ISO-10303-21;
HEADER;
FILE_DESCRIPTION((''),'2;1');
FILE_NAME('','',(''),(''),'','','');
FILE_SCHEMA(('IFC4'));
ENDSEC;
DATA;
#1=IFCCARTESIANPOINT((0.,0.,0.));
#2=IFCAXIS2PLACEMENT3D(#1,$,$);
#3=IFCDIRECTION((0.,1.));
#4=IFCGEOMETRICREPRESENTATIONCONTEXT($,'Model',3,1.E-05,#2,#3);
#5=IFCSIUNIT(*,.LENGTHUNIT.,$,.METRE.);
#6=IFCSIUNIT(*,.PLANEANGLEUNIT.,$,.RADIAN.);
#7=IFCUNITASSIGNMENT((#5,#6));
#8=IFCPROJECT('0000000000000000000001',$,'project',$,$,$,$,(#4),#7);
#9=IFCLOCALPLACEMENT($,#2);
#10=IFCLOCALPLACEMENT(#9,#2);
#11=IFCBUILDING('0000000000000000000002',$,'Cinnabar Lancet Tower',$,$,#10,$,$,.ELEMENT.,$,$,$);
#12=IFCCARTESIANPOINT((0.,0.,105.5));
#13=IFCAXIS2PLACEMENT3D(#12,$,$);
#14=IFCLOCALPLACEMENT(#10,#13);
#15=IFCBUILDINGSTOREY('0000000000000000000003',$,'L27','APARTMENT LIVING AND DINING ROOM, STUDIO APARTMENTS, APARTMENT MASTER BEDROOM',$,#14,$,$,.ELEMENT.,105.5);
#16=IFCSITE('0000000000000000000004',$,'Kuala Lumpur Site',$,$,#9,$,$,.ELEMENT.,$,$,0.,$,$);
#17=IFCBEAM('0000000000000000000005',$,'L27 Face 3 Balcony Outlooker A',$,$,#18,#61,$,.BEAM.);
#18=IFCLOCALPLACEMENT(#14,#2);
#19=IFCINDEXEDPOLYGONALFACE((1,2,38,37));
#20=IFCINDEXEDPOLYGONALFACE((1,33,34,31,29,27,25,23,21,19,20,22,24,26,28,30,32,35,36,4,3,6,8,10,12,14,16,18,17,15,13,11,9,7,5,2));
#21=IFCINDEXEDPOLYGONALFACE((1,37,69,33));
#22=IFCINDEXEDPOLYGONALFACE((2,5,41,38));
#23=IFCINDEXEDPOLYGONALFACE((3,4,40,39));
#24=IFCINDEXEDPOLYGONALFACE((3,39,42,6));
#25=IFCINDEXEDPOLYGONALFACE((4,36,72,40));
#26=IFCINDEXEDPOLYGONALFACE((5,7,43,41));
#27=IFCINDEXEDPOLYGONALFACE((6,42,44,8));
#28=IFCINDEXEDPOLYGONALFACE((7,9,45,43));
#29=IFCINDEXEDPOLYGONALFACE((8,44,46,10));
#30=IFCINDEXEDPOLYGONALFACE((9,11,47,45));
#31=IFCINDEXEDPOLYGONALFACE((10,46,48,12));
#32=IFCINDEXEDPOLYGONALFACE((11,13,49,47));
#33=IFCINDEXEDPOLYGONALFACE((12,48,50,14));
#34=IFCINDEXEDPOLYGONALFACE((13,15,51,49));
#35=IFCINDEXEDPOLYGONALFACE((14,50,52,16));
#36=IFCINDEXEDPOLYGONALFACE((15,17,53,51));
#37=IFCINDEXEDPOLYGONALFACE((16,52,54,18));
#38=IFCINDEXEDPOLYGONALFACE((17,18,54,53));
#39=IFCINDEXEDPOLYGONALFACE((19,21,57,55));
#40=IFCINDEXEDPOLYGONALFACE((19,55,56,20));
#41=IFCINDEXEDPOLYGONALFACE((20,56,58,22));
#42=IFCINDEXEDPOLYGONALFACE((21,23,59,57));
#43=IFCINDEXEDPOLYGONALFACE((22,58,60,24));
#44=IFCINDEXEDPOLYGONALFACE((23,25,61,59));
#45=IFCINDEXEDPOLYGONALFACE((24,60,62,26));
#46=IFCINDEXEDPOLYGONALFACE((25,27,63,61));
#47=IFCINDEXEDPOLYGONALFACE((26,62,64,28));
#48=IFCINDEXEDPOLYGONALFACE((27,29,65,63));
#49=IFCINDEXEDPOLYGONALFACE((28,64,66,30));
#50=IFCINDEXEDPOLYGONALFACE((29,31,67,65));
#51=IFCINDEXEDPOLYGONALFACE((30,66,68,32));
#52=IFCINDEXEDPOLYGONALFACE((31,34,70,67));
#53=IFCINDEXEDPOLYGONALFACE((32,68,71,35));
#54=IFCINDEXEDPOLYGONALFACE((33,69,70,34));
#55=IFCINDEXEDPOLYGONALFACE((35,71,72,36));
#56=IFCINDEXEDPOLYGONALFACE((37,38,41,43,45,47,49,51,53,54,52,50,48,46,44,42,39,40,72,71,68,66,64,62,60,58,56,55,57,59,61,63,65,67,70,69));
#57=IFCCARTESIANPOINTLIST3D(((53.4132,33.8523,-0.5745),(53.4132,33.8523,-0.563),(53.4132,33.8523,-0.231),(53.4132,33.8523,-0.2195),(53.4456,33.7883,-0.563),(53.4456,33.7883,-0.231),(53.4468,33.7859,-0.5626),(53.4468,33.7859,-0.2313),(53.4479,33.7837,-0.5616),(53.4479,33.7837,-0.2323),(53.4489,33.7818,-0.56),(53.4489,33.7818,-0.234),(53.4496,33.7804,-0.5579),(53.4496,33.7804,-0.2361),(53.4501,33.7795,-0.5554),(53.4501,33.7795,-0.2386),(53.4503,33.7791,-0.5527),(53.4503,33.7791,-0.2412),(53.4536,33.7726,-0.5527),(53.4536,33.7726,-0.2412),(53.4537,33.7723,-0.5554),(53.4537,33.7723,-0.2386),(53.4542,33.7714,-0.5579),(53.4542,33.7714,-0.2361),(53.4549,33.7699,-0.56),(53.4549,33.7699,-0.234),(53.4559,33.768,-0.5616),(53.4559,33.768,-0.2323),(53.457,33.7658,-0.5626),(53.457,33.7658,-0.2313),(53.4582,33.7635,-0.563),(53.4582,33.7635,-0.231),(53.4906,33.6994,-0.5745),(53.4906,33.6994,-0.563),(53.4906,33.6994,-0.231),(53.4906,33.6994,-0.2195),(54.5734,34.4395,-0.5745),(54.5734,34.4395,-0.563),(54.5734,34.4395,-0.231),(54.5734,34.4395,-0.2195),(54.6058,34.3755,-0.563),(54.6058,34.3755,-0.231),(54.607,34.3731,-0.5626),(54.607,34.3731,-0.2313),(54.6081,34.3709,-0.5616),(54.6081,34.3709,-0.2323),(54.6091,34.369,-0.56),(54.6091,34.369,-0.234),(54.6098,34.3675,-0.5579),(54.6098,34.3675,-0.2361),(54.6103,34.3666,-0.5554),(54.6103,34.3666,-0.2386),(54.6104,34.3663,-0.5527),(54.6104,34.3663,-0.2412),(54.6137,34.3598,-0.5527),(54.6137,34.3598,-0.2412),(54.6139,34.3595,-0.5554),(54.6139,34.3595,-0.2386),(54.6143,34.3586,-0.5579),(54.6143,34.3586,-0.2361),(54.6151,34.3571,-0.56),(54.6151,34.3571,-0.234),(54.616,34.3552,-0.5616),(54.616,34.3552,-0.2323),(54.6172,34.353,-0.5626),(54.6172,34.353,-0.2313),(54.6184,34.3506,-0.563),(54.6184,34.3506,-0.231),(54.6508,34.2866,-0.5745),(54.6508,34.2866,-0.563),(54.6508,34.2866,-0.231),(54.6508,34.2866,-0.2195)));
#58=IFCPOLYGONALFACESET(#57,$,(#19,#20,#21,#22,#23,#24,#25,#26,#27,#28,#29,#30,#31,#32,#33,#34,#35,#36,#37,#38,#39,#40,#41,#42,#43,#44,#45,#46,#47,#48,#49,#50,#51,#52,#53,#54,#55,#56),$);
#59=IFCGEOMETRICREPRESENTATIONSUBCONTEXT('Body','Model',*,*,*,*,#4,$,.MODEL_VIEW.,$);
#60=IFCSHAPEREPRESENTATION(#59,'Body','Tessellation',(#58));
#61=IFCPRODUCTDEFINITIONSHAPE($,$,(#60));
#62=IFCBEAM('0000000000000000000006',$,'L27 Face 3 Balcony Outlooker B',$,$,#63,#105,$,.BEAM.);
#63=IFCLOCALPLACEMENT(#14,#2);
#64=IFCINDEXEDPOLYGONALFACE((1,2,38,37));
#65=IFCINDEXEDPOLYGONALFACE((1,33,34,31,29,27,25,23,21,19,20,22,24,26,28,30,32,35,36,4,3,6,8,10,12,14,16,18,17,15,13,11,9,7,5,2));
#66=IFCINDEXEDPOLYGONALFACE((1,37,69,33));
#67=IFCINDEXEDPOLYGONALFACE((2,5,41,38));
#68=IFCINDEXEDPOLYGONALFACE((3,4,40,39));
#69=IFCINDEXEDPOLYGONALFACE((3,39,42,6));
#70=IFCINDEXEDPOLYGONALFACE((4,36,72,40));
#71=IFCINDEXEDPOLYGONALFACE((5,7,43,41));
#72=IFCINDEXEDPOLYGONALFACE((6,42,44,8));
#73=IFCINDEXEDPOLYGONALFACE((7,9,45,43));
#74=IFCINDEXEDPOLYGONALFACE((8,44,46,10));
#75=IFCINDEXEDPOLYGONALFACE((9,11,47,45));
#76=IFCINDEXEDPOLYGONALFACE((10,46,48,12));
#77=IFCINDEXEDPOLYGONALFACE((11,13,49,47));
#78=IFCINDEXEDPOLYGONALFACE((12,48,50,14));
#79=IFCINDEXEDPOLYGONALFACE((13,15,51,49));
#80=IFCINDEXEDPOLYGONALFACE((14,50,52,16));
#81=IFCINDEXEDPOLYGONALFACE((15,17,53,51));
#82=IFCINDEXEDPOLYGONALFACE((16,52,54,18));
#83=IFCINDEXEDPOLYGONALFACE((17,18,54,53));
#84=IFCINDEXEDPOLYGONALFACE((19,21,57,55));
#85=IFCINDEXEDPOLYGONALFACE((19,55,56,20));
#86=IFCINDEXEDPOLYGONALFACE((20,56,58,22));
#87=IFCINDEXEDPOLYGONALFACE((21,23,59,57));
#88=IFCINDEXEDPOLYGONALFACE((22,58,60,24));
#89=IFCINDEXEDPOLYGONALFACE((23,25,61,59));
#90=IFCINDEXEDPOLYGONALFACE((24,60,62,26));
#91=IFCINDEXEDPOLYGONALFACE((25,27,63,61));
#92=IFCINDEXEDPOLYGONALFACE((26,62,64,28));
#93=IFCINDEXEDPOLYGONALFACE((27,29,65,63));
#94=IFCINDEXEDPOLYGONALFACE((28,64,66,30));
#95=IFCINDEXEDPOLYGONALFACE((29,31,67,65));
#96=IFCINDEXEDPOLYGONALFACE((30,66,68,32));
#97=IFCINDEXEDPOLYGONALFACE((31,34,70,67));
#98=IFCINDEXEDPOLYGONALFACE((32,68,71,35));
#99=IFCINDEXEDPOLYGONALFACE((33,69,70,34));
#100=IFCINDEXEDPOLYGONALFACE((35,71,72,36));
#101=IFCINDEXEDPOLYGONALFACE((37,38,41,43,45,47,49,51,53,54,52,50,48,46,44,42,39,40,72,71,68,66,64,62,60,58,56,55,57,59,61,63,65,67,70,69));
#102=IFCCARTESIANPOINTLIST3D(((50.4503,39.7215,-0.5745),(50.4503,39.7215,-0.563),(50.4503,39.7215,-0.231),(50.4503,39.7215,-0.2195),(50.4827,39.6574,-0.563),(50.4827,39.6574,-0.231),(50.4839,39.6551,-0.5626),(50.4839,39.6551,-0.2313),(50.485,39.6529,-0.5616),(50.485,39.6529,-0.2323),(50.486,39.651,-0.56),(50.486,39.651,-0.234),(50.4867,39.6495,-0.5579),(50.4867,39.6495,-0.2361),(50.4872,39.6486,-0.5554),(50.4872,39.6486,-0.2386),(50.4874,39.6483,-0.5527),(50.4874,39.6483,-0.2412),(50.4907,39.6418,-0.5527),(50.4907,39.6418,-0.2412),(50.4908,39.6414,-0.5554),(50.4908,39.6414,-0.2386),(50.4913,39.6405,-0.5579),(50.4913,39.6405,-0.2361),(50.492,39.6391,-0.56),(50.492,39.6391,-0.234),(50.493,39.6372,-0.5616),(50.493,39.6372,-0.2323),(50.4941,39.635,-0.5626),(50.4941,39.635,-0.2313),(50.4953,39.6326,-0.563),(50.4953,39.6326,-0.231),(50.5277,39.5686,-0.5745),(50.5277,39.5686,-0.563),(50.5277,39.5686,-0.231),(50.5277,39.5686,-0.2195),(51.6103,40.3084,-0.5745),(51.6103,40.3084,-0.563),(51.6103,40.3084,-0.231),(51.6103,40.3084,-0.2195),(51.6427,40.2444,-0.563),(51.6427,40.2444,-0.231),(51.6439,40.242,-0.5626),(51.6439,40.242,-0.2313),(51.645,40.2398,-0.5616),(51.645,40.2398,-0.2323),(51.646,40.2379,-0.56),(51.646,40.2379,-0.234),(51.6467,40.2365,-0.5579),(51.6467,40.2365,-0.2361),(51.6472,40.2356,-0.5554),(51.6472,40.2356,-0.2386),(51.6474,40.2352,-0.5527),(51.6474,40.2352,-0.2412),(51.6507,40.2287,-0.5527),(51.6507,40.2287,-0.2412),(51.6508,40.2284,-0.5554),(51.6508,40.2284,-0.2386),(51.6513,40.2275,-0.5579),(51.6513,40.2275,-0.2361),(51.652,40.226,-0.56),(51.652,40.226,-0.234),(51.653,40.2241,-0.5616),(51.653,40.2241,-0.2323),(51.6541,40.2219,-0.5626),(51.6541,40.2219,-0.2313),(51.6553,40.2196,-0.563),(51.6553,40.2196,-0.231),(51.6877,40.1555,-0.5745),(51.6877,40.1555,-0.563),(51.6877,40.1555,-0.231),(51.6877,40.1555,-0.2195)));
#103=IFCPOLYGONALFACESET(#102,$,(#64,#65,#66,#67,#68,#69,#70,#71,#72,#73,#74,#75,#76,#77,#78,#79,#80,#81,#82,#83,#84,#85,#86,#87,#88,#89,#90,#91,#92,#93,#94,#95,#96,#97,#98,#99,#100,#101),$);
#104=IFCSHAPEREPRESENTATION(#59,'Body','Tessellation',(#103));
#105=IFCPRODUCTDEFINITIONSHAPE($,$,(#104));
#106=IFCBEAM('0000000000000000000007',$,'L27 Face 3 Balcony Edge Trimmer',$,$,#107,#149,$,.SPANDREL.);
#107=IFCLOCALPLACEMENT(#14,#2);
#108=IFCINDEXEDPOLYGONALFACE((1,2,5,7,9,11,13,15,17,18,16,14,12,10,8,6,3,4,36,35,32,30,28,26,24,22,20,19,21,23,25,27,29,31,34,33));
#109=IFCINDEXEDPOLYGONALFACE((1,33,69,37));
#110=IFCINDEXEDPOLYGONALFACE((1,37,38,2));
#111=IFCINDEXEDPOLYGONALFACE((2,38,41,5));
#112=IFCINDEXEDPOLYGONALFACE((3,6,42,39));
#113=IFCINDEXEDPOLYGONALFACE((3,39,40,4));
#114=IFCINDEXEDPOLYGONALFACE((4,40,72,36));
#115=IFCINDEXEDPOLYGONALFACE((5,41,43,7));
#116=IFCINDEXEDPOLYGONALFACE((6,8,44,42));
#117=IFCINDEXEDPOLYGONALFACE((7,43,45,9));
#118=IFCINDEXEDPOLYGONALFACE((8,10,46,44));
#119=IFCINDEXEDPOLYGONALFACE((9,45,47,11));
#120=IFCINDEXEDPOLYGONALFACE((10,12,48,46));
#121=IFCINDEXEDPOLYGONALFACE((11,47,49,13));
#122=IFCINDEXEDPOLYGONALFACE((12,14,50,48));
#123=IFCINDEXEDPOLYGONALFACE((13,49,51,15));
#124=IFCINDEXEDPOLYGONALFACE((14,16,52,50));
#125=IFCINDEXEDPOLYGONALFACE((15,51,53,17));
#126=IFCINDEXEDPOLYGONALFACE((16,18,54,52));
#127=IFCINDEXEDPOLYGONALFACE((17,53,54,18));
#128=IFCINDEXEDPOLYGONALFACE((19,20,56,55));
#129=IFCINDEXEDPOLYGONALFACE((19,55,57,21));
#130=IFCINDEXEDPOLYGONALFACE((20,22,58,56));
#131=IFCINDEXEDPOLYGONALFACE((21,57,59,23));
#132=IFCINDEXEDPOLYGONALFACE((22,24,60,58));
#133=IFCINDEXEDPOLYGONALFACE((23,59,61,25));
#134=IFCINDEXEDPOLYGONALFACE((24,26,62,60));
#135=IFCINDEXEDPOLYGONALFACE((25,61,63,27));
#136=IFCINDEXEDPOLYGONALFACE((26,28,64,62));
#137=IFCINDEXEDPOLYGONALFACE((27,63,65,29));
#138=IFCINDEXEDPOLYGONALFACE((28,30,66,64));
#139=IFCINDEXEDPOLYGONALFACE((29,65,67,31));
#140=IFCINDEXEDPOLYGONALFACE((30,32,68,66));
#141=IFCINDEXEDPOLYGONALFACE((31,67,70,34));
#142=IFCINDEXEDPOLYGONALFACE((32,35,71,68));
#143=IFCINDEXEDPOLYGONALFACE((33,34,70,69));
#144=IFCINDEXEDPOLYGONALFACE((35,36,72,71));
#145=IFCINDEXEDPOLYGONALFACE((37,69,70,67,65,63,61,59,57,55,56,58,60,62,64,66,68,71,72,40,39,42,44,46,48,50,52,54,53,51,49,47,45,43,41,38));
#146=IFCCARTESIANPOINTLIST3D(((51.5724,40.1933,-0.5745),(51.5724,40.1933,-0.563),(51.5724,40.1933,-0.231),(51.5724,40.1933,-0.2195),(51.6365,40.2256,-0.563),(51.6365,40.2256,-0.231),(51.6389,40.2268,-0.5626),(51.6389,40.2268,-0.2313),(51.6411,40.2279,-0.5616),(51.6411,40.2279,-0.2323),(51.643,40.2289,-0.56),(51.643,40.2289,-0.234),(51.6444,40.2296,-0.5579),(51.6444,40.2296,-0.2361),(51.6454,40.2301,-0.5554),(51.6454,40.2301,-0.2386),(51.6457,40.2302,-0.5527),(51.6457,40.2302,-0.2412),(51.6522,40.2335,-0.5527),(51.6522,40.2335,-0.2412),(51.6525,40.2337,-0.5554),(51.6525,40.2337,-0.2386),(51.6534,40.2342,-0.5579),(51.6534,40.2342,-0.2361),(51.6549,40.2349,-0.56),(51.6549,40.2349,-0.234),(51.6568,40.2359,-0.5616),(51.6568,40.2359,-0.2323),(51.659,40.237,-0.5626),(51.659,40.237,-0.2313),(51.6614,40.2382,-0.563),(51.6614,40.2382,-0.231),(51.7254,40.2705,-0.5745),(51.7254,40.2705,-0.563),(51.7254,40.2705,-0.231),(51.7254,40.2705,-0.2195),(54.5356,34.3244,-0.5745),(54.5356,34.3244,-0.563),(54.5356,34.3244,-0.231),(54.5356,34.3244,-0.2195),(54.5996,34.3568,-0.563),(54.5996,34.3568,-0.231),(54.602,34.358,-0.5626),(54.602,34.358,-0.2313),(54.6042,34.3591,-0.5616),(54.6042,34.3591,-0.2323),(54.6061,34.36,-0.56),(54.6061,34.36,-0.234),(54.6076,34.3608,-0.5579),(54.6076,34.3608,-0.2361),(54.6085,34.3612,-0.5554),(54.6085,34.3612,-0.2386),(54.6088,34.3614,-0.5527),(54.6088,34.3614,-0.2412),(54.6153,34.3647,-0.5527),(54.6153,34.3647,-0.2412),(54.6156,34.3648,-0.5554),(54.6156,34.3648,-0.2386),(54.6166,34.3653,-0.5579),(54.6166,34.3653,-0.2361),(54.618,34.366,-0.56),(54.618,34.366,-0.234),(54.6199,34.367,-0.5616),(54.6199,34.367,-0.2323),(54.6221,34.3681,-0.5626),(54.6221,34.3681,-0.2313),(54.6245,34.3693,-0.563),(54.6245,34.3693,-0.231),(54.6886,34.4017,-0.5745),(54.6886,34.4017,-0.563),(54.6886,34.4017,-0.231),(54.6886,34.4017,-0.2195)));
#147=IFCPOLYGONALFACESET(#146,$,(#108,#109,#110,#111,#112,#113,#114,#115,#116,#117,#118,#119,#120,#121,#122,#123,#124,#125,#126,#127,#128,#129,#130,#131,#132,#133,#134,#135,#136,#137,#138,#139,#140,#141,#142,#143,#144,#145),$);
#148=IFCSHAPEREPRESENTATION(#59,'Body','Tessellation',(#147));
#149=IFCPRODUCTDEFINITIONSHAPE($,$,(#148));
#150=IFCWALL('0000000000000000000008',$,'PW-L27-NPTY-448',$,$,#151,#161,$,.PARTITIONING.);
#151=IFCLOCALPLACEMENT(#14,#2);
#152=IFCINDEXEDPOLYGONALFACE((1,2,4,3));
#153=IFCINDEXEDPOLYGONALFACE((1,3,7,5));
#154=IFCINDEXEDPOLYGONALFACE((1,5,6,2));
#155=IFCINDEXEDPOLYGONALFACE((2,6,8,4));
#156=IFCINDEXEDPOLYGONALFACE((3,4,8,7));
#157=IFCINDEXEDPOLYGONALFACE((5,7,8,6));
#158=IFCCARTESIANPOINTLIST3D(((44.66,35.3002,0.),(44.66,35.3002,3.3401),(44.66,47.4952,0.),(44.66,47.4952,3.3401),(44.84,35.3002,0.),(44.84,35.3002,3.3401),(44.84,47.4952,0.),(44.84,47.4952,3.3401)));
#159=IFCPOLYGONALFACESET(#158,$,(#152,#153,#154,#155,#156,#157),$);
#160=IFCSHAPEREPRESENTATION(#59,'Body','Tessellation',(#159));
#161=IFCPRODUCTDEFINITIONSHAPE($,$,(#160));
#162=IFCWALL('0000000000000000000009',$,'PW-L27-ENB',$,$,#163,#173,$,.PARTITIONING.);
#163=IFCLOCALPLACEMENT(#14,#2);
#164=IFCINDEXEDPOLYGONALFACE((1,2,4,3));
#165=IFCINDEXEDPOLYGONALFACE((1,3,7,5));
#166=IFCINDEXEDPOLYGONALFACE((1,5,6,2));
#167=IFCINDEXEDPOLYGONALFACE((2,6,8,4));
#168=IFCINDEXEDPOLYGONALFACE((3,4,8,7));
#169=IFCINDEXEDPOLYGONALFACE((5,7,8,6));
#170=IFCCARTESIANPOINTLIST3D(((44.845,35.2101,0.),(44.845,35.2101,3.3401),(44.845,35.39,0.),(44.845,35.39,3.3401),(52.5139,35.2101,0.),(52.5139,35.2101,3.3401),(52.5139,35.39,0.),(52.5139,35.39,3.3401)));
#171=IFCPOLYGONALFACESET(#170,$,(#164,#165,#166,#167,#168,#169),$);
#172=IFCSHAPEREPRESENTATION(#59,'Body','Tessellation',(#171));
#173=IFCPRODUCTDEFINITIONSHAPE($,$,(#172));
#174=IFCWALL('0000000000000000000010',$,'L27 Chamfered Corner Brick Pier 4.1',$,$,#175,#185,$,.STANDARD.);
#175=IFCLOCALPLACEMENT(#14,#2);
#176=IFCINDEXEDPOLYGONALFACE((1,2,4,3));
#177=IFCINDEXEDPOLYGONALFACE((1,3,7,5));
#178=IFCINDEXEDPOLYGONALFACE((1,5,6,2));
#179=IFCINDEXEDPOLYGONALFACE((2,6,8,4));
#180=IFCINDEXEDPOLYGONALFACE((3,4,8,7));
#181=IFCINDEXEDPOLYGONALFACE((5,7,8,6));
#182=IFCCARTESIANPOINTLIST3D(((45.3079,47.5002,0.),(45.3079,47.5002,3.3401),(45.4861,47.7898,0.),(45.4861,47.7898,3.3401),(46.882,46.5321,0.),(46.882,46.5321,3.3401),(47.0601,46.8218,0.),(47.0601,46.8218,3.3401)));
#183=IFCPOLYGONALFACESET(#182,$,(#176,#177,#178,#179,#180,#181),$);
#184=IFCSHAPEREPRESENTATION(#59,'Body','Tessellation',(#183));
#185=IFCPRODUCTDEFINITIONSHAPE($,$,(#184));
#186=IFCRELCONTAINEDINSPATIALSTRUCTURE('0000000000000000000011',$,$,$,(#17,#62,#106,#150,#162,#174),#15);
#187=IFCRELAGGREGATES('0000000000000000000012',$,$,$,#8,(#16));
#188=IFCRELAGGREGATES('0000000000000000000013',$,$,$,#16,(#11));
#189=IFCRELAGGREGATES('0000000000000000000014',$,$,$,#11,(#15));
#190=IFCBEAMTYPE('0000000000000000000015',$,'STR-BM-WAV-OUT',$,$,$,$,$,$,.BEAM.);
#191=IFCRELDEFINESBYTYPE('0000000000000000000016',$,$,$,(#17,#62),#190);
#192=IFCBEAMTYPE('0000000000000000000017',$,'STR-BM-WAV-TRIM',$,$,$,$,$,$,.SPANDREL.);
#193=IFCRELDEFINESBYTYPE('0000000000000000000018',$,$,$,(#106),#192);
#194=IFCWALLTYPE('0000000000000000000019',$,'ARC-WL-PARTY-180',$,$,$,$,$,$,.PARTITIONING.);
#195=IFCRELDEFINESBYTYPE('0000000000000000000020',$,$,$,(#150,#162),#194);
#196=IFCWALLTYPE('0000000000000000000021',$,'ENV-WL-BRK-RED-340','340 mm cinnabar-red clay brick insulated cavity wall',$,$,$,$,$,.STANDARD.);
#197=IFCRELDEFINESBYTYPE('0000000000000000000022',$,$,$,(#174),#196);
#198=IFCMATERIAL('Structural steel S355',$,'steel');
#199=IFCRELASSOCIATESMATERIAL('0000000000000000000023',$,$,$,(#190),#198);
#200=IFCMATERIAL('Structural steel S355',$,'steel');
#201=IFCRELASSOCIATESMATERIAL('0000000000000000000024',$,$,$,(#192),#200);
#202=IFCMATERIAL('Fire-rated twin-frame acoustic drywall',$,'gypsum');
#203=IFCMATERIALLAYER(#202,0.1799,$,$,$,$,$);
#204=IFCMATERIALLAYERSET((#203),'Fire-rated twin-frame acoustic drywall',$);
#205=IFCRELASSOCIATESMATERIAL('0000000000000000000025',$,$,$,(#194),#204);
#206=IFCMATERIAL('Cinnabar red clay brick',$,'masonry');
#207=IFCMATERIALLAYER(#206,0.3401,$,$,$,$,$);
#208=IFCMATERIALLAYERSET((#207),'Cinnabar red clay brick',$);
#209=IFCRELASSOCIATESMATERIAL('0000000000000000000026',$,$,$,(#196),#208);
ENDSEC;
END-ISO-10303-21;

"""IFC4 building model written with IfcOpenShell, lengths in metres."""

from ifc_helpers import new_model, si_unit, direction, frame, frame_2d, origin, origin_2d, place, context, subcontext, project, spatial, rectangle, i_section, extrude, material, layer, layer_set, material_profile, profile_set, type_object, element, save


model = new_model("IFC4")

# Units and contexts
model_context = context("Model", 3, precision=1e-05, world=origin(), true_north=direction((0.0, 1.0)))
body_context = subcontext(model_context, "Body", "Model", "MODEL_VIEW")
ifc_project = project(units=[si_unit("LENGTHUNIT", "METRE"), si_unit("PLANEANGLEUNIT", "RADIAN")], contexts=[model_context])

# Site, building, storey
site_placement = place(None, origin())
site = spatial("IfcSite", under=ifc_project, at=site_placement, Name="Kuala Lumpur Site", CompositionType="ELEMENT", RefElevation=0.0)
building_placement = place(site_placement, origin())
building = spatial("IfcBuilding", under=site, at=building_placement, Name="Cinnabar Lancet Tower", CompositionType="ELEMENT")
storey_placement = place(building_placement, frame((0.0, 0.0, 105.5)))
storey = spatial("IfcBuildingStorey", under=building, at=storey_placement, Name="L27", Description="APARTMENT LIVING AND DINING ROOM, STUDIO APARTMENTS, APARTMENT MASTER BEDROOM", CompositionType="ELEMENT", Elevation=105.5)

# Beams
ifc_material_1 = material(Name="Structural steel S355", Category="steel")
ifc_material_profile_1 = material_profile(ifc_material_1, i_section(OverallWidth=0.1714, OverallDepth=0.355, WebThickness=0.0073, FlangeThickness=0.0115, FilletRadius=0.0103, at=origin_2d()), Name="UKB 356x171x51")
ifc_profile_set_1 = profile_set([ifc_material_profile_1], Name="Structural steel S355")
beam_type_1 = type_object("IfcBeamType", Name="STR-BM-WAV-OUT", PredefinedType="BEAM", material=ifc_profile_set_1)
beam_1_placement = place(storey_placement, frame((53.4519, 33.7759, -0.397), z_axis=(0.892239, 0.451564, 0.0), x_axis=(-0.451564, 0.892239, 0.0)))
element("IfcBeam", 1, at=beam_1_placement, inside=storey, type_object=beam_type_1, Name="L27 Face 3 Balcony Outlooker A", PredefinedType="BEAM", context=body_context, shape_type="SweptSolid", body=[
    extrude(i_section(OverallWidth=0.1714, OverallDepth=0.355, WebThickness=0.0073, FlangeThickness=0.0115, FilletRadius=0.0103, at=origin_2d()), origin(), (0.0, 0.0, 1.0), 1.3003),
])
beam_2_placement = place(storey_placement, frame((50.489, 39.645, -0.397), z_axis=(0.892276, 0.45149, 0.0), x_axis=(-0.45149, 0.892276, 0.0)))
element("IfcBeam", 2, at=beam_2_placement, inside=storey, type_object=beam_type_1, Name="L27 Face 3 Balcony Outlooker B", PredefinedType="BEAM", context=body_context, shape_type="SweptSolid", body=[
    extrude(i_section(OverallWidth=0.1714, OverallDepth=0.355, WebThickness=0.0073, FlangeThickness=0.0115, FilletRadius=0.0103, at=origin_2d()), origin(), (0.0, 0.0, 1.0), 1.3),
])
ifc_material_2 = material(Name="Structural steel S355", Category="steel")
ifc_material_profile_2 = material_profile(ifc_material_2, i_section(OverallWidth=0.1714, OverallDepth=0.355, WebThickness=0.0073, FlangeThickness=0.0115, FilletRadius=0.0103, at=origin_2d()), Name="UKB 356x171x51")
ifc_profile_set_2 = profile_set([ifc_material_profile_2], Name="Structural steel S355")
beam_type_2 = type_object("IfcBeamType", Name="STR-BM-WAV-TRIM", PredefinedType="SPANDREL", material=ifc_profile_set_2)
beam_3_placement = place(storey_placement, frame((54.6121, 34.363, -0.397), z_axis=(-0.450701, 0.892675, 0.0), x_axis=(-0.892675, -0.450701, 0.0)))
element("IfcBeam", 3, at=beam_3_placement, inside=storey, type_object=beam_type_2, Name="L27 Face 3 Balcony Edge Trimmer", PredefinedType="SPANDREL", context=body_context, shape_type="SweptSolid", body=[
    extrude(i_section(OverallWidth=0.1714, OverallDepth=0.355, WebThickness=0.0073, FlangeThickness=0.0115, FilletRadius=0.0103, at=origin_2d()), origin(), (0.0, 0.0, 1.0), 6.5745),
])

# Walls
ifc_material_3 = material(Name="Fire-rated twin-frame acoustic drywall", Category="gypsum")
ifc_layer_1 = layer(ifc_material_3, 0.1799)
ifc_layer_set_1 = layer_set([ifc_layer_1], Name="Fire-rated twin-frame acoustic drywall")
wall_type_1 = type_object("IfcWallType", Name="ARC-WL-PARTY-180", PredefinedType="PARTITIONING", material=ifc_layer_set_1)
wall_1_placement = place(storey_placement, frame((44.75, 35.3, 0.0), z_axis=(0.0, 0.0, 1.0), x_axis=(0.0, 1.0, 0.0)))
element("IfcWall", 4, at=wall_1_placement, inside=storey, type_object=wall_type_1, Name="PW-L27-NPTY-448", PredefinedType="PARTITIONING", context=body_context, shape_type="SweptSolid", body=[
    extrude(rectangle(XDim=12.1951, YDim=0.1799, at=frame_2d((6.0977, 0.0))), origin(), (0.0, 0.0, 1.0), 3.3401),
])
wall_2_placement = place(storey_placement, frame((44.845, 35.3, 0.0), z_axis=(0.0, 0.0, 1.0), x_axis=(1.0, 0.0, 0.0)))
element("IfcWall", 5, at=wall_2_placement, inside=storey, type_object=wall_type_1, Name="PW-L27-ENB", PredefinedType="PARTITIONING", context=body_context, shape_type="SweptSolid", body=[
    extrude(rectangle(XDim=7.6689, YDim=0.1799, at=frame_2d((3.8345, 0.0))), origin(), (0.0, 0.0, 1.0), 3.3401),
])
ifc_material_4 = material(Name="Cinnabar red clay brick", Category="masonry")
ifc_layer_2 = layer(ifc_material_4, 0.3401)
ifc_layer_set_2 = layer_set([ifc_layer_2], Name="Cinnabar red clay brick")
wall_type_2 = type_object("IfcWallType", Name="ENV-WL-BRK-RED-340", Description="340 mm cinnabar-red clay brick insulated cavity wall", PredefinedType="STANDARD", material=ifc_layer_set_2)
wall_3_placement = place(storey_placement, frame((46.9709, 46.677, 0.0), z_axis=(0.0, 0.0, 1.0), x_axis=(-0.851799, 0.523869, 0.0)))
element("IfcWall", 6, at=wall_3_placement, inside=storey, type_object=wall_type_2, Name="L27 Chamfered Corner Brick Pier 4.1", PredefinedType="STANDARD", context=body_context, shape_type="SweptSolid", body=[
    extrude(rectangle(XDim=1.8479, YDim=0.3401, at=frame_2d((0.9238, 0.0))), origin(), (0.0, 0.0, 1.0), 3.3401),
])

save(model, "model.ifc")
